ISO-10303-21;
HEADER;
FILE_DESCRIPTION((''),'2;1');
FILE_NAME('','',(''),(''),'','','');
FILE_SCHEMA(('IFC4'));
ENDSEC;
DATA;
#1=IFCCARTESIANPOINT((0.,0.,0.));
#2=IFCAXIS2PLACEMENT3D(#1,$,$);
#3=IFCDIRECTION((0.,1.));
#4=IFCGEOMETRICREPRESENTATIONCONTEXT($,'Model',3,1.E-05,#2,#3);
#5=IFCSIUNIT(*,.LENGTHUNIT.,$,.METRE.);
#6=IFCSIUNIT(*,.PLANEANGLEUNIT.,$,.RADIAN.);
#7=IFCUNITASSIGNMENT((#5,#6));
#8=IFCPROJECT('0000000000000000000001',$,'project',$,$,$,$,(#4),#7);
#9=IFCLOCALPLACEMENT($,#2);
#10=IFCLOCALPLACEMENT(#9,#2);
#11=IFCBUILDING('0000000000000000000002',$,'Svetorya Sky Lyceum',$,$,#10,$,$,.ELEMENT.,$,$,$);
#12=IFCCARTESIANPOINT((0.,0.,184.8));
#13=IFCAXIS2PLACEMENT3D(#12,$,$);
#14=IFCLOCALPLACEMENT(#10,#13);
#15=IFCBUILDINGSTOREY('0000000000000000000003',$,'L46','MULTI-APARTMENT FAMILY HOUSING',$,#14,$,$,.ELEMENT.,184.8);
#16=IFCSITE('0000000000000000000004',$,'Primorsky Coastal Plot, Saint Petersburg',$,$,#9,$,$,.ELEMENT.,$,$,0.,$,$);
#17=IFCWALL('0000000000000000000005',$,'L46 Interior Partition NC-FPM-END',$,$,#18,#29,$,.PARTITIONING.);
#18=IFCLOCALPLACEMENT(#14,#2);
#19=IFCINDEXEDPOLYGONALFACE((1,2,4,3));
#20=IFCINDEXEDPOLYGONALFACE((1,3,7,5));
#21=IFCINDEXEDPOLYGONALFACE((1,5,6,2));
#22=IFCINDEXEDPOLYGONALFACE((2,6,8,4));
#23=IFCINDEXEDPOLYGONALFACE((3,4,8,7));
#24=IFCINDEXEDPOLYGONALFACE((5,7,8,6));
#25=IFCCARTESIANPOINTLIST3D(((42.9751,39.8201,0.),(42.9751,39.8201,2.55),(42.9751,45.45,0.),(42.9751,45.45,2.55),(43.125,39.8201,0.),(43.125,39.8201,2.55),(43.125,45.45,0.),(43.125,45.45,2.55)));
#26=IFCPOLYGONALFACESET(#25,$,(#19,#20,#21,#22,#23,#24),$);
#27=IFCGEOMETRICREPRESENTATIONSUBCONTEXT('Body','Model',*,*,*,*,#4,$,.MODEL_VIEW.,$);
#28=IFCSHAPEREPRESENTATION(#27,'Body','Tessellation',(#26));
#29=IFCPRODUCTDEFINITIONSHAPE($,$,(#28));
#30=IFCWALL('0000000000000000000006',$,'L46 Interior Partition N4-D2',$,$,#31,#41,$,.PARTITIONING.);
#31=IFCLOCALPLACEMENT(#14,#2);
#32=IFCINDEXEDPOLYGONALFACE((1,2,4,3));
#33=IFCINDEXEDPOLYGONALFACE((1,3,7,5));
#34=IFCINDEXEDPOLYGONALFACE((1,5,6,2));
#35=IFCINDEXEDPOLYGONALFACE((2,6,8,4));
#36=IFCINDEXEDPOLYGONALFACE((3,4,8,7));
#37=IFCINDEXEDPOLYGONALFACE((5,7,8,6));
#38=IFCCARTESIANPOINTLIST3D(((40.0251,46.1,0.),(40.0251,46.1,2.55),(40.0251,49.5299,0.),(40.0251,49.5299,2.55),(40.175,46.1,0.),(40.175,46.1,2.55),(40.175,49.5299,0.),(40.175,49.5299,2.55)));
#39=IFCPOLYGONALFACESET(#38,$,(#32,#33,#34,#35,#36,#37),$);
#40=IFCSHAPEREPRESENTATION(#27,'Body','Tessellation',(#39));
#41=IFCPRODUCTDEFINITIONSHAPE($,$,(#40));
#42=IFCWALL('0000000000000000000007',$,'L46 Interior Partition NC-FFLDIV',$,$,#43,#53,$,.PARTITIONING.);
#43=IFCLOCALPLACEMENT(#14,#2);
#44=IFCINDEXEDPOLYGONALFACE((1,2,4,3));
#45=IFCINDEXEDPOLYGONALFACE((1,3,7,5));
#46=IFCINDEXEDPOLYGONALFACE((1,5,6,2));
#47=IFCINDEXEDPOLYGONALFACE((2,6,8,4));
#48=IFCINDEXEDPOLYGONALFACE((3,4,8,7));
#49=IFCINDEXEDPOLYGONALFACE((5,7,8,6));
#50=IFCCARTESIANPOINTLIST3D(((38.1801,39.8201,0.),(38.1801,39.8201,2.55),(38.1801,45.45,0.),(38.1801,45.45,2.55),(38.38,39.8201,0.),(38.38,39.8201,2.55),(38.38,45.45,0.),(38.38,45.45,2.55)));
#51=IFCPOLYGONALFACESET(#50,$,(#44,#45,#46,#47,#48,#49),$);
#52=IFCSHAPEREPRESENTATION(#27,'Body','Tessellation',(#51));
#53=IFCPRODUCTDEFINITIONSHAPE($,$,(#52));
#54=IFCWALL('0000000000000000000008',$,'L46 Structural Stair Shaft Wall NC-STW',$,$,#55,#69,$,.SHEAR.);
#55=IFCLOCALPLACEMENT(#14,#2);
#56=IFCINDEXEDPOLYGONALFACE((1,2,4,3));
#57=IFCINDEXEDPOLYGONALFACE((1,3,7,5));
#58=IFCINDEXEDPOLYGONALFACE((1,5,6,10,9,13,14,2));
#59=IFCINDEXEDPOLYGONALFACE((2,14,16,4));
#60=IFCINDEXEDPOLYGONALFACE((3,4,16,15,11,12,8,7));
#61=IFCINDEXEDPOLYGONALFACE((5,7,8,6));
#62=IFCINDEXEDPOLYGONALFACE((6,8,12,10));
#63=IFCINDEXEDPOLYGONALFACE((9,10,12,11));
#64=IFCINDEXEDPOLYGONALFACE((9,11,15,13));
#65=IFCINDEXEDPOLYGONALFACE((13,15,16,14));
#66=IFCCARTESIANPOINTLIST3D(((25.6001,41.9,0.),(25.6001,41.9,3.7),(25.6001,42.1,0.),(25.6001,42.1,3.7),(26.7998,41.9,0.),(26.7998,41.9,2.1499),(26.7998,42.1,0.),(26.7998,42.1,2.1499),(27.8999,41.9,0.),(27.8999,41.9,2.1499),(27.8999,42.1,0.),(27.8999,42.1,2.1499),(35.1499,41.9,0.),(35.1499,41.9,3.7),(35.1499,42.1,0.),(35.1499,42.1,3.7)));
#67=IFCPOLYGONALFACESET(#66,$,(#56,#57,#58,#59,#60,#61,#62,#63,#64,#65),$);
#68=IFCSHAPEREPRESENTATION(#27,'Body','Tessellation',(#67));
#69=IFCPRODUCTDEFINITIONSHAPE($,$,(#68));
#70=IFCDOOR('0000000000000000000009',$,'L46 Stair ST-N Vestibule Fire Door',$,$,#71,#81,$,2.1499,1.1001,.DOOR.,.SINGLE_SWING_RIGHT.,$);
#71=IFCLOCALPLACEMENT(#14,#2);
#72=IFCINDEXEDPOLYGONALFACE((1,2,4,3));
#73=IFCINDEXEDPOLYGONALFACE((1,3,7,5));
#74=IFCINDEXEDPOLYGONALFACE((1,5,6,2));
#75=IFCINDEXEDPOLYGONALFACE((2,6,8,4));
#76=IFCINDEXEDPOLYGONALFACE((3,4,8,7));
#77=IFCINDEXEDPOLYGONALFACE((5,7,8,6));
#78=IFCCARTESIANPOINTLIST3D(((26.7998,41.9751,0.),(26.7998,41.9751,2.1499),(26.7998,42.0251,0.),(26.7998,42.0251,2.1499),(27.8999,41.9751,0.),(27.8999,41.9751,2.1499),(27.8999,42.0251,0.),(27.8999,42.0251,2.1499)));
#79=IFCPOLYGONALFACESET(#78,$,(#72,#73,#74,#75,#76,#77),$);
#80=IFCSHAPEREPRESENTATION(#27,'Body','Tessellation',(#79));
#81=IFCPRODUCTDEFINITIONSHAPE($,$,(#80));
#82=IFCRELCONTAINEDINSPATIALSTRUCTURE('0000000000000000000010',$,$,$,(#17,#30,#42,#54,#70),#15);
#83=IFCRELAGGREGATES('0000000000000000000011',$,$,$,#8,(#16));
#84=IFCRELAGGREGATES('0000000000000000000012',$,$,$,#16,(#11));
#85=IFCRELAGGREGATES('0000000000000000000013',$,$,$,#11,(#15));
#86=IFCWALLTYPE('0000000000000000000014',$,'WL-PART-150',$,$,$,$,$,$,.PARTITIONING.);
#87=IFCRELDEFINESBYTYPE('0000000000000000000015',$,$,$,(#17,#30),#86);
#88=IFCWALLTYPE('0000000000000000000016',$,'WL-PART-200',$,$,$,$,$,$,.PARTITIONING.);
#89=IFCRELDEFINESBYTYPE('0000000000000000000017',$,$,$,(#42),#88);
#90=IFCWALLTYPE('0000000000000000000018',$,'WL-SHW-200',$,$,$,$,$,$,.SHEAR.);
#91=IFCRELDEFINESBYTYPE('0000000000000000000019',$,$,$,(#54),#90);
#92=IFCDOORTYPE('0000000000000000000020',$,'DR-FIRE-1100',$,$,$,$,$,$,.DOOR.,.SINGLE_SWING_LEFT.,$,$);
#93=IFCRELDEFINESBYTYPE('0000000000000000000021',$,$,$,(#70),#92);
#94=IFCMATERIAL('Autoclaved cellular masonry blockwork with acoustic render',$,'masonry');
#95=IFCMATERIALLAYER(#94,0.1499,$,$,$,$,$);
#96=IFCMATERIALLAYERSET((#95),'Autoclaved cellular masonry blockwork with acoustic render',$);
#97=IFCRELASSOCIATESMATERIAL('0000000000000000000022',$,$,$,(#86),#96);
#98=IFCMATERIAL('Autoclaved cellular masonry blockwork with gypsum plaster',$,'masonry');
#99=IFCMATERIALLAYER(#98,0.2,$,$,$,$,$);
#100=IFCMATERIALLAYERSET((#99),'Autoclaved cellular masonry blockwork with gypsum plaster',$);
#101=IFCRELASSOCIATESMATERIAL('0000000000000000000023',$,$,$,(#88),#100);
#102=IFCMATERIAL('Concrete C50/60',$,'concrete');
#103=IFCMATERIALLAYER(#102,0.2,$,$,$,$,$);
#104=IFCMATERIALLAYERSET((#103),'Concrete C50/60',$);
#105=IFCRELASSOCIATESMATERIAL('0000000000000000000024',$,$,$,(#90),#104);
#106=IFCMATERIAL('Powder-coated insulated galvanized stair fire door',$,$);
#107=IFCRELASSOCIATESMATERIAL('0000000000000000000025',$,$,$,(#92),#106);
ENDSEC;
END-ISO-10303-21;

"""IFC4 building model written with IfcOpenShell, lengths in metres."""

from ifc_helpers import new_model, si_unit, direction, frame, frame_2d, origin, place, context, subcontext, project, spatial, rectangle, extrude, material, layer, layer_set, type_object, element, fill, save


model = new_model("IFC4")

# Units and contexts
model_context = context("Model", 3, precision=1e-05, world=origin(), true_north=direction((0.0, 1.0)))
body_context = subcontext(model_context, "Body", "Model", "MODEL_VIEW")
ifc_project = project(units=[si_unit("LENGTHUNIT", "METRE"), si_unit("PLANEANGLEUNIT", "RADIAN")], contexts=[model_context])

# Site, building, storey
site_placement = place(None, origin())
site = spatial("IfcSite", under=ifc_project, at=site_placement, Name="Primorsky Coastal Plot, Saint Petersburg", CompositionType="ELEMENT", RefElevation=0.0)
building_placement = place(site_placement, origin())
building = spatial("IfcBuilding", under=site, at=building_placement, Name="Svetorya Sky Lyceum", CompositionType="ELEMENT")
storey_placement = place(building_placement, frame((0.0, 0.0, 184.8)))
storey = spatial("IfcBuildingStorey", under=building, at=storey_placement, Name="L46", Description="MULTI-APARTMENT FAMILY HOUSING", CompositionType="ELEMENT", Elevation=184.8)

# Shared definitions
ifc_material_1 = material(Name="Concrete C50/60", Category="concrete")

# Walls
ifc_material_2 = material(Name="Autoclaved cellular masonry blockwork with acoustic render", Category="masonry")
ifc_layer_1 = layer(ifc_material_2, 0.1499)
ifc_layer_set_1 = layer_set([ifc_layer_1], Name="Autoclaved cellular masonry blockwork with acoustic render")
wall_type_1 = type_object("IfcWallType", Name="WL-PART-150", PredefinedType="PARTITIONING", material=ifc_layer_set_1)
wall_1_placement = place(storey_placement, frame((43.05, 39.8201, 0.0), z_axis=(0.0, 0.0, 1.0), x_axis=(0.0, 1.0, 0.0)))
element("IfcWall", 1, at=wall_1_placement, inside=storey, type_object=wall_type_1, Name="L46 Interior Partition NC-FPM-END", PredefinedType="PARTITIONING", context=body_context, shape_type="SweptSolid", body=[
    extrude(rectangle(XDim=5.6299, YDim=0.1499, at=frame_2d((2.8149, 0.0))), origin(), (0.0, 0.0, 1.0), 2.55),
])
wall_2_placement = place(storey_placement, frame((40.1001, 46.1001, 0.0), z_axis=(0.0, 0.0, 1.0), x_axis=(0.0, 1.0, 0.0)))
element("IfcWall", 2, at=wall_2_placement, inside=storey, type_object=wall_type_1, Name="L46 Interior Partition N4-D2", PredefinedType="PARTITIONING", context=body_context, shape_type="SweptSolid", body=[
    extrude(rectangle(XDim=3.4299, YDim=0.1499, at=frame_2d((1.7148, 0.0))), origin(), (0.0, 0.0, 1.0), 2.55),
])

# Shared definitions
ifc_material_3 = material(Name="Autoclaved cellular masonry blockwork with gypsum plaster", Category="masonry")
ifc_layer_2 = layer(ifc_material_3, 0.2)
ifc_layer_set_2 = layer_set([ifc_layer_2], Name="Autoclaved cellular masonry blockwork with gypsum plaster")
wall_type_2 = type_object("IfcWallType", Name="WL-PART-200", PredefinedType="PARTITIONING", material=ifc_layer_set_2)

# Wall
wall_3_placement = place(storey_placement, frame((38.28, 39.8201, 0.0), z_axis=(0.0, 0.0, 1.0), x_axis=(0.0, 1.0, 0.0)))
element("IfcWall", 3, at=wall_3_placement, inside=storey, type_object=wall_type_2, Name="L46 Interior Partition NC-FFLDIV", PredefinedType="PARTITIONING", context=body_context, shape_type="SweptSolid", body=[
    extrude(rectangle(XDim=5.6299, YDim=0.2, at=frame_2d((2.8149, 0.0))), origin(), (0.0, 0.0, 1.0), 2.55),
])

# Wall, opening, door
ifc_layer_3 = layer(ifc_material_1, 0.2)
ifc_layer_set_3 = layer_set([ifc_layer_3], Name="Concrete C50/60")
wall_type_3 = type_object("IfcWallType", Name="WL-SHW-200", PredefinedType="SHEAR", material=ifc_layer_set_3)
wall_4_placement = place(storey_placement, frame((35.1499, 42.0, 0.0), z_axis=(0.0, 0.0, 1.0), x_axis=(-1.0, 0.0, 0.0)))
wall_4 = element("IfcWall", 4, at=wall_4_placement, inside=storey, type_object=wall_type_3, Name="L46 Structural Stair Shaft Wall NC-STW", PredefinedType="SHEAR", context=body_context, shape_type="SweptSolid", body=[
    extrude(rectangle(XDim=9.5498, YDim=0.2, at=frame_2d((4.7749, 0.0))), origin(), (0.0, 0.0, 1.0), 3.7),
])
opening_1_placement = place(wall_4_placement, frame((7.25, 0.0, 0.0)))
opening_1 = element("IfcOpeningElement", 5, at=opening_1_placement, cuts=wall_4, PredefinedType="OPENING", context=body_context, shape_type="SweptSolid", body=[
    extrude(rectangle(XDim=1.1001, YDim=2.1499, at=frame_2d((0.55, 1.075))), frame((0.0, 0.1099, 0.0), z_axis=(0.0, -1.0, 0.0), x_axis=(1.0, 0.0, 0.0)), (0.0, 0.0, 1.0), 0.22),
])
ifc_material_4 = material(Name="Powder-coated insulated galvanized stair fire door")
door_type_1 = type_object("IfcDoorType", Name="DR-FIRE-1100", OperationType="SINGLE_SWING_LEFT", PredefinedType="DOOR", material=ifc_material_4)
door_1_placement = place(opening_1_placement, origin())
door_1 = element("IfcDoor", 6, at=door_1_placement, inside=storey, type_object=door_type_1, Name="L46 Stair ST-N Vestibule Fire Door", OperationType="SINGLE_SWING_RIGHT", OverallHeight=2.1499, OverallWidth=1.1001, PredefinedType="DOOR", context=body_context, shape_type="SweptSolid", body=[
    extrude(rectangle(XDim=1.1001, YDim=2.1499, at=frame_2d((0.55, 1.075))), frame((0.0, 0.0249, 0.0), z_axis=(0.0, -1.0, 0.0), x_axis=(1.0, 0.0, 0.0)), (0.0, 0.0, 1.0), 0.05),
])
fill(opening_1, door_1)

save(model, "model.ifc")
